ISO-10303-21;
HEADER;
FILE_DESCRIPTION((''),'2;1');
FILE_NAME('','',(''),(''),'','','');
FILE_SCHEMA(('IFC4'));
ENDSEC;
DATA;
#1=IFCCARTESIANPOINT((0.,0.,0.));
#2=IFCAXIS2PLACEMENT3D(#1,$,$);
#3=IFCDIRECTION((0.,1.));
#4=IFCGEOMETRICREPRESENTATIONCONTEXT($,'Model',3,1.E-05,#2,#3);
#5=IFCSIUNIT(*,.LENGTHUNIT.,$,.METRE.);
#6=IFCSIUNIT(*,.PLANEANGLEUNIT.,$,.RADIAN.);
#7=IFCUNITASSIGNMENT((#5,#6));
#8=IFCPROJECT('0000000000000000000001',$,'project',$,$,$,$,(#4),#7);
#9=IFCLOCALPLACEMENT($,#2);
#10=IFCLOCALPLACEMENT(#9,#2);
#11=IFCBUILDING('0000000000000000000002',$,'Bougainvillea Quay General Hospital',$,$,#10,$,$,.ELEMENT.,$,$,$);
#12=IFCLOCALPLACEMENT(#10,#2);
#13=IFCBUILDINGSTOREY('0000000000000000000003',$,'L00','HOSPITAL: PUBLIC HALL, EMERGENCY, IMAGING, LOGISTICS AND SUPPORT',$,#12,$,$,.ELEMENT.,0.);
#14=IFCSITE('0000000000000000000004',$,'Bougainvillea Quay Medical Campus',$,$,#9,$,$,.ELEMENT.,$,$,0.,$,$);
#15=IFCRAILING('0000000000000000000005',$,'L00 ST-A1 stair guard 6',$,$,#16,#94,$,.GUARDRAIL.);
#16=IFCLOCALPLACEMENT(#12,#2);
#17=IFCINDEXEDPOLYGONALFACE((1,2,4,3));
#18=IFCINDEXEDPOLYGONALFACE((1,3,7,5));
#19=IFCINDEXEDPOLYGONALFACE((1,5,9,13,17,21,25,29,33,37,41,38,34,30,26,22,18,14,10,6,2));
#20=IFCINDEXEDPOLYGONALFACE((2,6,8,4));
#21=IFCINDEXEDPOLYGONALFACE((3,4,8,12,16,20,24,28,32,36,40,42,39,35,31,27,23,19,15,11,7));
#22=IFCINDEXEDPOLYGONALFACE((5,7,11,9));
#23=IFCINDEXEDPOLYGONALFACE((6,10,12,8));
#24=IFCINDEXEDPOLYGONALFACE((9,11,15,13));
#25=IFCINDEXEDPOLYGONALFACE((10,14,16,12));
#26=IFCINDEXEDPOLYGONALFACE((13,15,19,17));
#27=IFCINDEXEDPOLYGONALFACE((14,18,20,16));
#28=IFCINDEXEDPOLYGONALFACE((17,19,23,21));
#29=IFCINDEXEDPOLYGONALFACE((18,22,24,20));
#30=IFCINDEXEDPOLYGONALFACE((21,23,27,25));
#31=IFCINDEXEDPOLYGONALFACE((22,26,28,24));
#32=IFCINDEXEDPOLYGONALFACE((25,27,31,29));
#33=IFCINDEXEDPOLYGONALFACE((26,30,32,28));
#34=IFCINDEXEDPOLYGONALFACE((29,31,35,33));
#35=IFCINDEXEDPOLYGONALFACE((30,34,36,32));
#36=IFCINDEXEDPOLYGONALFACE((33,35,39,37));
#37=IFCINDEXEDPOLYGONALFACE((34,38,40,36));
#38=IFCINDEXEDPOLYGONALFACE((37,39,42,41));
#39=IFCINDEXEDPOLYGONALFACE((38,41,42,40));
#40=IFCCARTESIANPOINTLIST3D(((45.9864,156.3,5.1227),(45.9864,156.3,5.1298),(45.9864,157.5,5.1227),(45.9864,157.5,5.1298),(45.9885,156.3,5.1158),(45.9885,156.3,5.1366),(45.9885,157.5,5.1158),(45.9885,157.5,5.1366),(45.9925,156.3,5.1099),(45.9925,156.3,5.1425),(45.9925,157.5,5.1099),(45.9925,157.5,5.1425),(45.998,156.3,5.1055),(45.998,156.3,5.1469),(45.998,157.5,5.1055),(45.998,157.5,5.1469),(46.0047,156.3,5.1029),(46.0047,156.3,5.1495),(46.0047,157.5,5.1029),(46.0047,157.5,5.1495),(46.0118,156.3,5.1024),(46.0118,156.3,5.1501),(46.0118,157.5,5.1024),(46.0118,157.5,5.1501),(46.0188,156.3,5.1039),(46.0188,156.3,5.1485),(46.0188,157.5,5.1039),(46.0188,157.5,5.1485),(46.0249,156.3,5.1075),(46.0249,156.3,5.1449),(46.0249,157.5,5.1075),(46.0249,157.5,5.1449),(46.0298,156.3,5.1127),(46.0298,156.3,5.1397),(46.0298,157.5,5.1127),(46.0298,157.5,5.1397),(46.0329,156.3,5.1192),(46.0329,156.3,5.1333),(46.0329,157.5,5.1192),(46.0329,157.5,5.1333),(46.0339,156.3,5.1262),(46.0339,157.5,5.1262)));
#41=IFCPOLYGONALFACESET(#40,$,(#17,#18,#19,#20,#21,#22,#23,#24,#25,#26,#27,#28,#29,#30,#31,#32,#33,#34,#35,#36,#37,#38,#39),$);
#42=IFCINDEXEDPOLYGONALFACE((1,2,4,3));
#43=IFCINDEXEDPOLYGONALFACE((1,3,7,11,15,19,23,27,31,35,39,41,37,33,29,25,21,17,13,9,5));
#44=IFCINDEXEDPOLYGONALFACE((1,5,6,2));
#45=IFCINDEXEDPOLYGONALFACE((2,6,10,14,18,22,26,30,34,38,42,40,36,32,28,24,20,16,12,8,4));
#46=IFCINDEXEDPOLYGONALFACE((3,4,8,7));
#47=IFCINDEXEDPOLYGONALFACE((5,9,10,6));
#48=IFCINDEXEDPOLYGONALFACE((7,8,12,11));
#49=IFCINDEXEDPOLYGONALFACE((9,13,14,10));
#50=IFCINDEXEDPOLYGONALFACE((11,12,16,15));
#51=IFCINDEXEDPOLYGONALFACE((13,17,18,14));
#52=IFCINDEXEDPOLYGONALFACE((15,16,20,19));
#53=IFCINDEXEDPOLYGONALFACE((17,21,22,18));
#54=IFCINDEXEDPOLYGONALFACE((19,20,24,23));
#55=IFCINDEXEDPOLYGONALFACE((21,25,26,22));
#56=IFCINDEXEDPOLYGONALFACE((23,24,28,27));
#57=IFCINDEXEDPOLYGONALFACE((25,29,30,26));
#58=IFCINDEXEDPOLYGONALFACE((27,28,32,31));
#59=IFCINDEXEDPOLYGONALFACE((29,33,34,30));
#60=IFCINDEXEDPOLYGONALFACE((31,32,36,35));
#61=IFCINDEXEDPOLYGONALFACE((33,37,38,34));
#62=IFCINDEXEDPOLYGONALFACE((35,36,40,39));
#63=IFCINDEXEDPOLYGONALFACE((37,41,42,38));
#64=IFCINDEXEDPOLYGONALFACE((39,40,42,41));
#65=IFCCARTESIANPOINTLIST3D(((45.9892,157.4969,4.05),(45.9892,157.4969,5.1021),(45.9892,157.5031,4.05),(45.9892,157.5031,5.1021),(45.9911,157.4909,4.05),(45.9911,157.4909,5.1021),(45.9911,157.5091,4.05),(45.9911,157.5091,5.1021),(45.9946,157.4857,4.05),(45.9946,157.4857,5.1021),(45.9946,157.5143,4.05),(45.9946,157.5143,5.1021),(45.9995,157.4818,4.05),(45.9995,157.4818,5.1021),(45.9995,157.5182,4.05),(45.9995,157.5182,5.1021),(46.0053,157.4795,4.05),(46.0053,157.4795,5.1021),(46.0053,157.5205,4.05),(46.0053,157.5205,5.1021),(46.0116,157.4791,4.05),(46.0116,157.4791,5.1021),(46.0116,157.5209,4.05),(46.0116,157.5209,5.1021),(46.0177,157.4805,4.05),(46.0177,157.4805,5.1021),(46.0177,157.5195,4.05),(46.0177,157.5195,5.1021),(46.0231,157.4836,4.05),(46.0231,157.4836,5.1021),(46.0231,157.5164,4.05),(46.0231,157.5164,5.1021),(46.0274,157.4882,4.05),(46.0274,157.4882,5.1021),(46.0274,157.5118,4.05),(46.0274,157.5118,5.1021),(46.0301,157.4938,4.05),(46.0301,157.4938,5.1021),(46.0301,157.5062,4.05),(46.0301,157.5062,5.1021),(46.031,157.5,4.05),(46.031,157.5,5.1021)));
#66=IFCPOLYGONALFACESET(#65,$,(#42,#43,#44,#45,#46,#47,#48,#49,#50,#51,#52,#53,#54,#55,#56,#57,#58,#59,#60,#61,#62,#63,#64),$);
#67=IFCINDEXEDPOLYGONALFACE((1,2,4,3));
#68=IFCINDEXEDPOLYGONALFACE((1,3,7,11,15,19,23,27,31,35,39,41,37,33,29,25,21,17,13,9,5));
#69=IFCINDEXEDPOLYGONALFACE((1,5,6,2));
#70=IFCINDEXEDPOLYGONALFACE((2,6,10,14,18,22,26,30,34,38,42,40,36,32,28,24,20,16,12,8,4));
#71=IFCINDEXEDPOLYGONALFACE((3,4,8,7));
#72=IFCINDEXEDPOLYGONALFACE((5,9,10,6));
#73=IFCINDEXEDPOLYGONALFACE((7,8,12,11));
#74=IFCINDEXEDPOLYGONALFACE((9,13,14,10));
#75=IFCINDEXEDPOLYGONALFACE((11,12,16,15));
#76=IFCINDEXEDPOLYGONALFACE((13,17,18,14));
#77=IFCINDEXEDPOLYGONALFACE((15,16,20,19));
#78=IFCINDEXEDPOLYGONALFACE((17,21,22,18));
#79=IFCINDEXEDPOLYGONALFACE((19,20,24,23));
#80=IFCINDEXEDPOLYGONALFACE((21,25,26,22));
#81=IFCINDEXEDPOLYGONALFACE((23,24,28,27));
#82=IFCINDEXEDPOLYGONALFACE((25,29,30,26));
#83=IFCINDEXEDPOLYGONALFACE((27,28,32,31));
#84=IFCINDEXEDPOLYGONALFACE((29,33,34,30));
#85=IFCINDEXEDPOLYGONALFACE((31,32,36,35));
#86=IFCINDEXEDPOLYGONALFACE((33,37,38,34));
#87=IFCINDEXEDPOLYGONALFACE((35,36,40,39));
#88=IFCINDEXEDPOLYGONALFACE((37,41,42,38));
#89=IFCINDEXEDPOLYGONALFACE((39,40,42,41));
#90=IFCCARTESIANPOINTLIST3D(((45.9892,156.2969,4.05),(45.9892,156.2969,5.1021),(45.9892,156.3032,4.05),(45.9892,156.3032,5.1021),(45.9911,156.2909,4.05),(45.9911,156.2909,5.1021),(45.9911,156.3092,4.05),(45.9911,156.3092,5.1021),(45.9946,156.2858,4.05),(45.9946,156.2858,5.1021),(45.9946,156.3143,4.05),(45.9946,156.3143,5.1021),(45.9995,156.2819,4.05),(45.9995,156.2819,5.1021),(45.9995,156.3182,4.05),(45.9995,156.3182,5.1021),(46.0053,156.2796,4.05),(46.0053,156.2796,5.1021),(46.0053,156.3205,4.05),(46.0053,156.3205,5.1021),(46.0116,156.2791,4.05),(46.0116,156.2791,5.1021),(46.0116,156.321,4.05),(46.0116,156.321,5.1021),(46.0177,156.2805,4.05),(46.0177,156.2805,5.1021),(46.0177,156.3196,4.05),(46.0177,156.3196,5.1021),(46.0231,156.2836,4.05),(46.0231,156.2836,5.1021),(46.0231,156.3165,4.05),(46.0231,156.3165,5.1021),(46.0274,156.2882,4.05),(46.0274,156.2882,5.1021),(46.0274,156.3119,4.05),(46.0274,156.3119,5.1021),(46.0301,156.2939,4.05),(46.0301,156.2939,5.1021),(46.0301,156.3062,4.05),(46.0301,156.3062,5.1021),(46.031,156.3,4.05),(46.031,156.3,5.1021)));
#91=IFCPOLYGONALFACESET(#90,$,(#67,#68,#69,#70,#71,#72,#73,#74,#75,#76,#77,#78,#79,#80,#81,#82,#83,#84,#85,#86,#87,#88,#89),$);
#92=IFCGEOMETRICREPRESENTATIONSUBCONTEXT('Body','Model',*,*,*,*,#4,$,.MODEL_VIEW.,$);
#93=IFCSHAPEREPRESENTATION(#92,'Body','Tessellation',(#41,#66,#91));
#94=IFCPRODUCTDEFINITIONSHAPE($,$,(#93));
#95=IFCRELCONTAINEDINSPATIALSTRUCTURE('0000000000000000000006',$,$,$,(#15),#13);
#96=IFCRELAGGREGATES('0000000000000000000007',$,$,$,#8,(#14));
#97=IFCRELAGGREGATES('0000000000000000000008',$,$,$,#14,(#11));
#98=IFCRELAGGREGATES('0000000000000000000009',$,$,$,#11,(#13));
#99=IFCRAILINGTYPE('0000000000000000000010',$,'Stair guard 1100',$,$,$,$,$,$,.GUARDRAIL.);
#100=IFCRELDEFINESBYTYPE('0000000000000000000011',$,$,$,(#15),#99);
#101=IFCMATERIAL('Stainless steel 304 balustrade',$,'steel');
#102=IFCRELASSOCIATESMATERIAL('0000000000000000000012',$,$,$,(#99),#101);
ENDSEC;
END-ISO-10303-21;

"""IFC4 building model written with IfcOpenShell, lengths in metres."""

from ifc_helpers import new_model, si_unit, direction, frame, origin, origin_2d, place, context, subcontext, project, spatial, circle, extrude, material, type_object, element, save


model = new_model("IFC4")

# Units and contexts
model_context = context("Model", 3, precision=1e-05, world=origin(), true_north=direction((0.0, 1.0)))
body_context = subcontext(model_context, "Body", "Model", "MODEL_VIEW")
ifc_project = project(units=[si_unit("LENGTHUNIT", "METRE"), si_unit("PLANEANGLEUNIT", "RADIAN")], contexts=[model_context])

# Site, building, storey
site_placement = place(None, origin())
site = spatial("IfcSite", under=ifc_project, at=site_placement, Name="Bougainvillea Quay Medical Campus", CompositionType="ELEMENT", RefElevation=0.0)
building_placement = place(site_placement, origin())
building = spatial("IfcBuilding", under=site, at=building_placement, Name="Bougainvillea Quay General Hospital", CompositionType="ELEMENT")
storey_placement = place(building_placement, origin())
storey = spatial("IfcBuildingStorey", under=building, at=storey_placement, Name="L00", Description="HOSPITAL: PUBLIC HALL, EMERGENCY, IMAGING, LOGISTICS AND SUPPORT", CompositionType="ELEMENT", Elevation=0.0)

# Railing
ifc_material_1 = material(Name="Stainless steel 304 balustrade", Category="steel")
railing_type_1 = type_object("IfcRailingType", Name="Stair guard 1100", PredefinedType="GUARDRAIL", material=ifc_material_1)
railing_1_placement = place(storey_placement, frame((46.01, 157.5, 4.05)))
element("IfcRailing", 1, at=railing_1_placement, inside=storey, type_object=railing_type_1, Name="L00 ST-A1 stair guard 6", PredefinedType="GUARDRAIL", context=body_context, shape_type="SweptSolid", body=[
    extrude(circle(Radius=0.0239, at=origin_2d()), frame((0.0, 0.0, 1.0762), z_axis=(0.0, -1.0, 0.0), x_axis=(1.0, 0.0, 0.0)), (0.0, 0.0, 1.0), 1.2),
    extrude(circle(Radius=0.021, at=origin_2d()), origin(), (0.0, 0.0, 1.0), 1.052),
    extrude(circle(Radius=0.021, at=origin_2d()), frame((0.0, -1.2, 0.0)), (0.0, 0.0, 1.0), 1.052),
])

save(model, "model.ifc")
